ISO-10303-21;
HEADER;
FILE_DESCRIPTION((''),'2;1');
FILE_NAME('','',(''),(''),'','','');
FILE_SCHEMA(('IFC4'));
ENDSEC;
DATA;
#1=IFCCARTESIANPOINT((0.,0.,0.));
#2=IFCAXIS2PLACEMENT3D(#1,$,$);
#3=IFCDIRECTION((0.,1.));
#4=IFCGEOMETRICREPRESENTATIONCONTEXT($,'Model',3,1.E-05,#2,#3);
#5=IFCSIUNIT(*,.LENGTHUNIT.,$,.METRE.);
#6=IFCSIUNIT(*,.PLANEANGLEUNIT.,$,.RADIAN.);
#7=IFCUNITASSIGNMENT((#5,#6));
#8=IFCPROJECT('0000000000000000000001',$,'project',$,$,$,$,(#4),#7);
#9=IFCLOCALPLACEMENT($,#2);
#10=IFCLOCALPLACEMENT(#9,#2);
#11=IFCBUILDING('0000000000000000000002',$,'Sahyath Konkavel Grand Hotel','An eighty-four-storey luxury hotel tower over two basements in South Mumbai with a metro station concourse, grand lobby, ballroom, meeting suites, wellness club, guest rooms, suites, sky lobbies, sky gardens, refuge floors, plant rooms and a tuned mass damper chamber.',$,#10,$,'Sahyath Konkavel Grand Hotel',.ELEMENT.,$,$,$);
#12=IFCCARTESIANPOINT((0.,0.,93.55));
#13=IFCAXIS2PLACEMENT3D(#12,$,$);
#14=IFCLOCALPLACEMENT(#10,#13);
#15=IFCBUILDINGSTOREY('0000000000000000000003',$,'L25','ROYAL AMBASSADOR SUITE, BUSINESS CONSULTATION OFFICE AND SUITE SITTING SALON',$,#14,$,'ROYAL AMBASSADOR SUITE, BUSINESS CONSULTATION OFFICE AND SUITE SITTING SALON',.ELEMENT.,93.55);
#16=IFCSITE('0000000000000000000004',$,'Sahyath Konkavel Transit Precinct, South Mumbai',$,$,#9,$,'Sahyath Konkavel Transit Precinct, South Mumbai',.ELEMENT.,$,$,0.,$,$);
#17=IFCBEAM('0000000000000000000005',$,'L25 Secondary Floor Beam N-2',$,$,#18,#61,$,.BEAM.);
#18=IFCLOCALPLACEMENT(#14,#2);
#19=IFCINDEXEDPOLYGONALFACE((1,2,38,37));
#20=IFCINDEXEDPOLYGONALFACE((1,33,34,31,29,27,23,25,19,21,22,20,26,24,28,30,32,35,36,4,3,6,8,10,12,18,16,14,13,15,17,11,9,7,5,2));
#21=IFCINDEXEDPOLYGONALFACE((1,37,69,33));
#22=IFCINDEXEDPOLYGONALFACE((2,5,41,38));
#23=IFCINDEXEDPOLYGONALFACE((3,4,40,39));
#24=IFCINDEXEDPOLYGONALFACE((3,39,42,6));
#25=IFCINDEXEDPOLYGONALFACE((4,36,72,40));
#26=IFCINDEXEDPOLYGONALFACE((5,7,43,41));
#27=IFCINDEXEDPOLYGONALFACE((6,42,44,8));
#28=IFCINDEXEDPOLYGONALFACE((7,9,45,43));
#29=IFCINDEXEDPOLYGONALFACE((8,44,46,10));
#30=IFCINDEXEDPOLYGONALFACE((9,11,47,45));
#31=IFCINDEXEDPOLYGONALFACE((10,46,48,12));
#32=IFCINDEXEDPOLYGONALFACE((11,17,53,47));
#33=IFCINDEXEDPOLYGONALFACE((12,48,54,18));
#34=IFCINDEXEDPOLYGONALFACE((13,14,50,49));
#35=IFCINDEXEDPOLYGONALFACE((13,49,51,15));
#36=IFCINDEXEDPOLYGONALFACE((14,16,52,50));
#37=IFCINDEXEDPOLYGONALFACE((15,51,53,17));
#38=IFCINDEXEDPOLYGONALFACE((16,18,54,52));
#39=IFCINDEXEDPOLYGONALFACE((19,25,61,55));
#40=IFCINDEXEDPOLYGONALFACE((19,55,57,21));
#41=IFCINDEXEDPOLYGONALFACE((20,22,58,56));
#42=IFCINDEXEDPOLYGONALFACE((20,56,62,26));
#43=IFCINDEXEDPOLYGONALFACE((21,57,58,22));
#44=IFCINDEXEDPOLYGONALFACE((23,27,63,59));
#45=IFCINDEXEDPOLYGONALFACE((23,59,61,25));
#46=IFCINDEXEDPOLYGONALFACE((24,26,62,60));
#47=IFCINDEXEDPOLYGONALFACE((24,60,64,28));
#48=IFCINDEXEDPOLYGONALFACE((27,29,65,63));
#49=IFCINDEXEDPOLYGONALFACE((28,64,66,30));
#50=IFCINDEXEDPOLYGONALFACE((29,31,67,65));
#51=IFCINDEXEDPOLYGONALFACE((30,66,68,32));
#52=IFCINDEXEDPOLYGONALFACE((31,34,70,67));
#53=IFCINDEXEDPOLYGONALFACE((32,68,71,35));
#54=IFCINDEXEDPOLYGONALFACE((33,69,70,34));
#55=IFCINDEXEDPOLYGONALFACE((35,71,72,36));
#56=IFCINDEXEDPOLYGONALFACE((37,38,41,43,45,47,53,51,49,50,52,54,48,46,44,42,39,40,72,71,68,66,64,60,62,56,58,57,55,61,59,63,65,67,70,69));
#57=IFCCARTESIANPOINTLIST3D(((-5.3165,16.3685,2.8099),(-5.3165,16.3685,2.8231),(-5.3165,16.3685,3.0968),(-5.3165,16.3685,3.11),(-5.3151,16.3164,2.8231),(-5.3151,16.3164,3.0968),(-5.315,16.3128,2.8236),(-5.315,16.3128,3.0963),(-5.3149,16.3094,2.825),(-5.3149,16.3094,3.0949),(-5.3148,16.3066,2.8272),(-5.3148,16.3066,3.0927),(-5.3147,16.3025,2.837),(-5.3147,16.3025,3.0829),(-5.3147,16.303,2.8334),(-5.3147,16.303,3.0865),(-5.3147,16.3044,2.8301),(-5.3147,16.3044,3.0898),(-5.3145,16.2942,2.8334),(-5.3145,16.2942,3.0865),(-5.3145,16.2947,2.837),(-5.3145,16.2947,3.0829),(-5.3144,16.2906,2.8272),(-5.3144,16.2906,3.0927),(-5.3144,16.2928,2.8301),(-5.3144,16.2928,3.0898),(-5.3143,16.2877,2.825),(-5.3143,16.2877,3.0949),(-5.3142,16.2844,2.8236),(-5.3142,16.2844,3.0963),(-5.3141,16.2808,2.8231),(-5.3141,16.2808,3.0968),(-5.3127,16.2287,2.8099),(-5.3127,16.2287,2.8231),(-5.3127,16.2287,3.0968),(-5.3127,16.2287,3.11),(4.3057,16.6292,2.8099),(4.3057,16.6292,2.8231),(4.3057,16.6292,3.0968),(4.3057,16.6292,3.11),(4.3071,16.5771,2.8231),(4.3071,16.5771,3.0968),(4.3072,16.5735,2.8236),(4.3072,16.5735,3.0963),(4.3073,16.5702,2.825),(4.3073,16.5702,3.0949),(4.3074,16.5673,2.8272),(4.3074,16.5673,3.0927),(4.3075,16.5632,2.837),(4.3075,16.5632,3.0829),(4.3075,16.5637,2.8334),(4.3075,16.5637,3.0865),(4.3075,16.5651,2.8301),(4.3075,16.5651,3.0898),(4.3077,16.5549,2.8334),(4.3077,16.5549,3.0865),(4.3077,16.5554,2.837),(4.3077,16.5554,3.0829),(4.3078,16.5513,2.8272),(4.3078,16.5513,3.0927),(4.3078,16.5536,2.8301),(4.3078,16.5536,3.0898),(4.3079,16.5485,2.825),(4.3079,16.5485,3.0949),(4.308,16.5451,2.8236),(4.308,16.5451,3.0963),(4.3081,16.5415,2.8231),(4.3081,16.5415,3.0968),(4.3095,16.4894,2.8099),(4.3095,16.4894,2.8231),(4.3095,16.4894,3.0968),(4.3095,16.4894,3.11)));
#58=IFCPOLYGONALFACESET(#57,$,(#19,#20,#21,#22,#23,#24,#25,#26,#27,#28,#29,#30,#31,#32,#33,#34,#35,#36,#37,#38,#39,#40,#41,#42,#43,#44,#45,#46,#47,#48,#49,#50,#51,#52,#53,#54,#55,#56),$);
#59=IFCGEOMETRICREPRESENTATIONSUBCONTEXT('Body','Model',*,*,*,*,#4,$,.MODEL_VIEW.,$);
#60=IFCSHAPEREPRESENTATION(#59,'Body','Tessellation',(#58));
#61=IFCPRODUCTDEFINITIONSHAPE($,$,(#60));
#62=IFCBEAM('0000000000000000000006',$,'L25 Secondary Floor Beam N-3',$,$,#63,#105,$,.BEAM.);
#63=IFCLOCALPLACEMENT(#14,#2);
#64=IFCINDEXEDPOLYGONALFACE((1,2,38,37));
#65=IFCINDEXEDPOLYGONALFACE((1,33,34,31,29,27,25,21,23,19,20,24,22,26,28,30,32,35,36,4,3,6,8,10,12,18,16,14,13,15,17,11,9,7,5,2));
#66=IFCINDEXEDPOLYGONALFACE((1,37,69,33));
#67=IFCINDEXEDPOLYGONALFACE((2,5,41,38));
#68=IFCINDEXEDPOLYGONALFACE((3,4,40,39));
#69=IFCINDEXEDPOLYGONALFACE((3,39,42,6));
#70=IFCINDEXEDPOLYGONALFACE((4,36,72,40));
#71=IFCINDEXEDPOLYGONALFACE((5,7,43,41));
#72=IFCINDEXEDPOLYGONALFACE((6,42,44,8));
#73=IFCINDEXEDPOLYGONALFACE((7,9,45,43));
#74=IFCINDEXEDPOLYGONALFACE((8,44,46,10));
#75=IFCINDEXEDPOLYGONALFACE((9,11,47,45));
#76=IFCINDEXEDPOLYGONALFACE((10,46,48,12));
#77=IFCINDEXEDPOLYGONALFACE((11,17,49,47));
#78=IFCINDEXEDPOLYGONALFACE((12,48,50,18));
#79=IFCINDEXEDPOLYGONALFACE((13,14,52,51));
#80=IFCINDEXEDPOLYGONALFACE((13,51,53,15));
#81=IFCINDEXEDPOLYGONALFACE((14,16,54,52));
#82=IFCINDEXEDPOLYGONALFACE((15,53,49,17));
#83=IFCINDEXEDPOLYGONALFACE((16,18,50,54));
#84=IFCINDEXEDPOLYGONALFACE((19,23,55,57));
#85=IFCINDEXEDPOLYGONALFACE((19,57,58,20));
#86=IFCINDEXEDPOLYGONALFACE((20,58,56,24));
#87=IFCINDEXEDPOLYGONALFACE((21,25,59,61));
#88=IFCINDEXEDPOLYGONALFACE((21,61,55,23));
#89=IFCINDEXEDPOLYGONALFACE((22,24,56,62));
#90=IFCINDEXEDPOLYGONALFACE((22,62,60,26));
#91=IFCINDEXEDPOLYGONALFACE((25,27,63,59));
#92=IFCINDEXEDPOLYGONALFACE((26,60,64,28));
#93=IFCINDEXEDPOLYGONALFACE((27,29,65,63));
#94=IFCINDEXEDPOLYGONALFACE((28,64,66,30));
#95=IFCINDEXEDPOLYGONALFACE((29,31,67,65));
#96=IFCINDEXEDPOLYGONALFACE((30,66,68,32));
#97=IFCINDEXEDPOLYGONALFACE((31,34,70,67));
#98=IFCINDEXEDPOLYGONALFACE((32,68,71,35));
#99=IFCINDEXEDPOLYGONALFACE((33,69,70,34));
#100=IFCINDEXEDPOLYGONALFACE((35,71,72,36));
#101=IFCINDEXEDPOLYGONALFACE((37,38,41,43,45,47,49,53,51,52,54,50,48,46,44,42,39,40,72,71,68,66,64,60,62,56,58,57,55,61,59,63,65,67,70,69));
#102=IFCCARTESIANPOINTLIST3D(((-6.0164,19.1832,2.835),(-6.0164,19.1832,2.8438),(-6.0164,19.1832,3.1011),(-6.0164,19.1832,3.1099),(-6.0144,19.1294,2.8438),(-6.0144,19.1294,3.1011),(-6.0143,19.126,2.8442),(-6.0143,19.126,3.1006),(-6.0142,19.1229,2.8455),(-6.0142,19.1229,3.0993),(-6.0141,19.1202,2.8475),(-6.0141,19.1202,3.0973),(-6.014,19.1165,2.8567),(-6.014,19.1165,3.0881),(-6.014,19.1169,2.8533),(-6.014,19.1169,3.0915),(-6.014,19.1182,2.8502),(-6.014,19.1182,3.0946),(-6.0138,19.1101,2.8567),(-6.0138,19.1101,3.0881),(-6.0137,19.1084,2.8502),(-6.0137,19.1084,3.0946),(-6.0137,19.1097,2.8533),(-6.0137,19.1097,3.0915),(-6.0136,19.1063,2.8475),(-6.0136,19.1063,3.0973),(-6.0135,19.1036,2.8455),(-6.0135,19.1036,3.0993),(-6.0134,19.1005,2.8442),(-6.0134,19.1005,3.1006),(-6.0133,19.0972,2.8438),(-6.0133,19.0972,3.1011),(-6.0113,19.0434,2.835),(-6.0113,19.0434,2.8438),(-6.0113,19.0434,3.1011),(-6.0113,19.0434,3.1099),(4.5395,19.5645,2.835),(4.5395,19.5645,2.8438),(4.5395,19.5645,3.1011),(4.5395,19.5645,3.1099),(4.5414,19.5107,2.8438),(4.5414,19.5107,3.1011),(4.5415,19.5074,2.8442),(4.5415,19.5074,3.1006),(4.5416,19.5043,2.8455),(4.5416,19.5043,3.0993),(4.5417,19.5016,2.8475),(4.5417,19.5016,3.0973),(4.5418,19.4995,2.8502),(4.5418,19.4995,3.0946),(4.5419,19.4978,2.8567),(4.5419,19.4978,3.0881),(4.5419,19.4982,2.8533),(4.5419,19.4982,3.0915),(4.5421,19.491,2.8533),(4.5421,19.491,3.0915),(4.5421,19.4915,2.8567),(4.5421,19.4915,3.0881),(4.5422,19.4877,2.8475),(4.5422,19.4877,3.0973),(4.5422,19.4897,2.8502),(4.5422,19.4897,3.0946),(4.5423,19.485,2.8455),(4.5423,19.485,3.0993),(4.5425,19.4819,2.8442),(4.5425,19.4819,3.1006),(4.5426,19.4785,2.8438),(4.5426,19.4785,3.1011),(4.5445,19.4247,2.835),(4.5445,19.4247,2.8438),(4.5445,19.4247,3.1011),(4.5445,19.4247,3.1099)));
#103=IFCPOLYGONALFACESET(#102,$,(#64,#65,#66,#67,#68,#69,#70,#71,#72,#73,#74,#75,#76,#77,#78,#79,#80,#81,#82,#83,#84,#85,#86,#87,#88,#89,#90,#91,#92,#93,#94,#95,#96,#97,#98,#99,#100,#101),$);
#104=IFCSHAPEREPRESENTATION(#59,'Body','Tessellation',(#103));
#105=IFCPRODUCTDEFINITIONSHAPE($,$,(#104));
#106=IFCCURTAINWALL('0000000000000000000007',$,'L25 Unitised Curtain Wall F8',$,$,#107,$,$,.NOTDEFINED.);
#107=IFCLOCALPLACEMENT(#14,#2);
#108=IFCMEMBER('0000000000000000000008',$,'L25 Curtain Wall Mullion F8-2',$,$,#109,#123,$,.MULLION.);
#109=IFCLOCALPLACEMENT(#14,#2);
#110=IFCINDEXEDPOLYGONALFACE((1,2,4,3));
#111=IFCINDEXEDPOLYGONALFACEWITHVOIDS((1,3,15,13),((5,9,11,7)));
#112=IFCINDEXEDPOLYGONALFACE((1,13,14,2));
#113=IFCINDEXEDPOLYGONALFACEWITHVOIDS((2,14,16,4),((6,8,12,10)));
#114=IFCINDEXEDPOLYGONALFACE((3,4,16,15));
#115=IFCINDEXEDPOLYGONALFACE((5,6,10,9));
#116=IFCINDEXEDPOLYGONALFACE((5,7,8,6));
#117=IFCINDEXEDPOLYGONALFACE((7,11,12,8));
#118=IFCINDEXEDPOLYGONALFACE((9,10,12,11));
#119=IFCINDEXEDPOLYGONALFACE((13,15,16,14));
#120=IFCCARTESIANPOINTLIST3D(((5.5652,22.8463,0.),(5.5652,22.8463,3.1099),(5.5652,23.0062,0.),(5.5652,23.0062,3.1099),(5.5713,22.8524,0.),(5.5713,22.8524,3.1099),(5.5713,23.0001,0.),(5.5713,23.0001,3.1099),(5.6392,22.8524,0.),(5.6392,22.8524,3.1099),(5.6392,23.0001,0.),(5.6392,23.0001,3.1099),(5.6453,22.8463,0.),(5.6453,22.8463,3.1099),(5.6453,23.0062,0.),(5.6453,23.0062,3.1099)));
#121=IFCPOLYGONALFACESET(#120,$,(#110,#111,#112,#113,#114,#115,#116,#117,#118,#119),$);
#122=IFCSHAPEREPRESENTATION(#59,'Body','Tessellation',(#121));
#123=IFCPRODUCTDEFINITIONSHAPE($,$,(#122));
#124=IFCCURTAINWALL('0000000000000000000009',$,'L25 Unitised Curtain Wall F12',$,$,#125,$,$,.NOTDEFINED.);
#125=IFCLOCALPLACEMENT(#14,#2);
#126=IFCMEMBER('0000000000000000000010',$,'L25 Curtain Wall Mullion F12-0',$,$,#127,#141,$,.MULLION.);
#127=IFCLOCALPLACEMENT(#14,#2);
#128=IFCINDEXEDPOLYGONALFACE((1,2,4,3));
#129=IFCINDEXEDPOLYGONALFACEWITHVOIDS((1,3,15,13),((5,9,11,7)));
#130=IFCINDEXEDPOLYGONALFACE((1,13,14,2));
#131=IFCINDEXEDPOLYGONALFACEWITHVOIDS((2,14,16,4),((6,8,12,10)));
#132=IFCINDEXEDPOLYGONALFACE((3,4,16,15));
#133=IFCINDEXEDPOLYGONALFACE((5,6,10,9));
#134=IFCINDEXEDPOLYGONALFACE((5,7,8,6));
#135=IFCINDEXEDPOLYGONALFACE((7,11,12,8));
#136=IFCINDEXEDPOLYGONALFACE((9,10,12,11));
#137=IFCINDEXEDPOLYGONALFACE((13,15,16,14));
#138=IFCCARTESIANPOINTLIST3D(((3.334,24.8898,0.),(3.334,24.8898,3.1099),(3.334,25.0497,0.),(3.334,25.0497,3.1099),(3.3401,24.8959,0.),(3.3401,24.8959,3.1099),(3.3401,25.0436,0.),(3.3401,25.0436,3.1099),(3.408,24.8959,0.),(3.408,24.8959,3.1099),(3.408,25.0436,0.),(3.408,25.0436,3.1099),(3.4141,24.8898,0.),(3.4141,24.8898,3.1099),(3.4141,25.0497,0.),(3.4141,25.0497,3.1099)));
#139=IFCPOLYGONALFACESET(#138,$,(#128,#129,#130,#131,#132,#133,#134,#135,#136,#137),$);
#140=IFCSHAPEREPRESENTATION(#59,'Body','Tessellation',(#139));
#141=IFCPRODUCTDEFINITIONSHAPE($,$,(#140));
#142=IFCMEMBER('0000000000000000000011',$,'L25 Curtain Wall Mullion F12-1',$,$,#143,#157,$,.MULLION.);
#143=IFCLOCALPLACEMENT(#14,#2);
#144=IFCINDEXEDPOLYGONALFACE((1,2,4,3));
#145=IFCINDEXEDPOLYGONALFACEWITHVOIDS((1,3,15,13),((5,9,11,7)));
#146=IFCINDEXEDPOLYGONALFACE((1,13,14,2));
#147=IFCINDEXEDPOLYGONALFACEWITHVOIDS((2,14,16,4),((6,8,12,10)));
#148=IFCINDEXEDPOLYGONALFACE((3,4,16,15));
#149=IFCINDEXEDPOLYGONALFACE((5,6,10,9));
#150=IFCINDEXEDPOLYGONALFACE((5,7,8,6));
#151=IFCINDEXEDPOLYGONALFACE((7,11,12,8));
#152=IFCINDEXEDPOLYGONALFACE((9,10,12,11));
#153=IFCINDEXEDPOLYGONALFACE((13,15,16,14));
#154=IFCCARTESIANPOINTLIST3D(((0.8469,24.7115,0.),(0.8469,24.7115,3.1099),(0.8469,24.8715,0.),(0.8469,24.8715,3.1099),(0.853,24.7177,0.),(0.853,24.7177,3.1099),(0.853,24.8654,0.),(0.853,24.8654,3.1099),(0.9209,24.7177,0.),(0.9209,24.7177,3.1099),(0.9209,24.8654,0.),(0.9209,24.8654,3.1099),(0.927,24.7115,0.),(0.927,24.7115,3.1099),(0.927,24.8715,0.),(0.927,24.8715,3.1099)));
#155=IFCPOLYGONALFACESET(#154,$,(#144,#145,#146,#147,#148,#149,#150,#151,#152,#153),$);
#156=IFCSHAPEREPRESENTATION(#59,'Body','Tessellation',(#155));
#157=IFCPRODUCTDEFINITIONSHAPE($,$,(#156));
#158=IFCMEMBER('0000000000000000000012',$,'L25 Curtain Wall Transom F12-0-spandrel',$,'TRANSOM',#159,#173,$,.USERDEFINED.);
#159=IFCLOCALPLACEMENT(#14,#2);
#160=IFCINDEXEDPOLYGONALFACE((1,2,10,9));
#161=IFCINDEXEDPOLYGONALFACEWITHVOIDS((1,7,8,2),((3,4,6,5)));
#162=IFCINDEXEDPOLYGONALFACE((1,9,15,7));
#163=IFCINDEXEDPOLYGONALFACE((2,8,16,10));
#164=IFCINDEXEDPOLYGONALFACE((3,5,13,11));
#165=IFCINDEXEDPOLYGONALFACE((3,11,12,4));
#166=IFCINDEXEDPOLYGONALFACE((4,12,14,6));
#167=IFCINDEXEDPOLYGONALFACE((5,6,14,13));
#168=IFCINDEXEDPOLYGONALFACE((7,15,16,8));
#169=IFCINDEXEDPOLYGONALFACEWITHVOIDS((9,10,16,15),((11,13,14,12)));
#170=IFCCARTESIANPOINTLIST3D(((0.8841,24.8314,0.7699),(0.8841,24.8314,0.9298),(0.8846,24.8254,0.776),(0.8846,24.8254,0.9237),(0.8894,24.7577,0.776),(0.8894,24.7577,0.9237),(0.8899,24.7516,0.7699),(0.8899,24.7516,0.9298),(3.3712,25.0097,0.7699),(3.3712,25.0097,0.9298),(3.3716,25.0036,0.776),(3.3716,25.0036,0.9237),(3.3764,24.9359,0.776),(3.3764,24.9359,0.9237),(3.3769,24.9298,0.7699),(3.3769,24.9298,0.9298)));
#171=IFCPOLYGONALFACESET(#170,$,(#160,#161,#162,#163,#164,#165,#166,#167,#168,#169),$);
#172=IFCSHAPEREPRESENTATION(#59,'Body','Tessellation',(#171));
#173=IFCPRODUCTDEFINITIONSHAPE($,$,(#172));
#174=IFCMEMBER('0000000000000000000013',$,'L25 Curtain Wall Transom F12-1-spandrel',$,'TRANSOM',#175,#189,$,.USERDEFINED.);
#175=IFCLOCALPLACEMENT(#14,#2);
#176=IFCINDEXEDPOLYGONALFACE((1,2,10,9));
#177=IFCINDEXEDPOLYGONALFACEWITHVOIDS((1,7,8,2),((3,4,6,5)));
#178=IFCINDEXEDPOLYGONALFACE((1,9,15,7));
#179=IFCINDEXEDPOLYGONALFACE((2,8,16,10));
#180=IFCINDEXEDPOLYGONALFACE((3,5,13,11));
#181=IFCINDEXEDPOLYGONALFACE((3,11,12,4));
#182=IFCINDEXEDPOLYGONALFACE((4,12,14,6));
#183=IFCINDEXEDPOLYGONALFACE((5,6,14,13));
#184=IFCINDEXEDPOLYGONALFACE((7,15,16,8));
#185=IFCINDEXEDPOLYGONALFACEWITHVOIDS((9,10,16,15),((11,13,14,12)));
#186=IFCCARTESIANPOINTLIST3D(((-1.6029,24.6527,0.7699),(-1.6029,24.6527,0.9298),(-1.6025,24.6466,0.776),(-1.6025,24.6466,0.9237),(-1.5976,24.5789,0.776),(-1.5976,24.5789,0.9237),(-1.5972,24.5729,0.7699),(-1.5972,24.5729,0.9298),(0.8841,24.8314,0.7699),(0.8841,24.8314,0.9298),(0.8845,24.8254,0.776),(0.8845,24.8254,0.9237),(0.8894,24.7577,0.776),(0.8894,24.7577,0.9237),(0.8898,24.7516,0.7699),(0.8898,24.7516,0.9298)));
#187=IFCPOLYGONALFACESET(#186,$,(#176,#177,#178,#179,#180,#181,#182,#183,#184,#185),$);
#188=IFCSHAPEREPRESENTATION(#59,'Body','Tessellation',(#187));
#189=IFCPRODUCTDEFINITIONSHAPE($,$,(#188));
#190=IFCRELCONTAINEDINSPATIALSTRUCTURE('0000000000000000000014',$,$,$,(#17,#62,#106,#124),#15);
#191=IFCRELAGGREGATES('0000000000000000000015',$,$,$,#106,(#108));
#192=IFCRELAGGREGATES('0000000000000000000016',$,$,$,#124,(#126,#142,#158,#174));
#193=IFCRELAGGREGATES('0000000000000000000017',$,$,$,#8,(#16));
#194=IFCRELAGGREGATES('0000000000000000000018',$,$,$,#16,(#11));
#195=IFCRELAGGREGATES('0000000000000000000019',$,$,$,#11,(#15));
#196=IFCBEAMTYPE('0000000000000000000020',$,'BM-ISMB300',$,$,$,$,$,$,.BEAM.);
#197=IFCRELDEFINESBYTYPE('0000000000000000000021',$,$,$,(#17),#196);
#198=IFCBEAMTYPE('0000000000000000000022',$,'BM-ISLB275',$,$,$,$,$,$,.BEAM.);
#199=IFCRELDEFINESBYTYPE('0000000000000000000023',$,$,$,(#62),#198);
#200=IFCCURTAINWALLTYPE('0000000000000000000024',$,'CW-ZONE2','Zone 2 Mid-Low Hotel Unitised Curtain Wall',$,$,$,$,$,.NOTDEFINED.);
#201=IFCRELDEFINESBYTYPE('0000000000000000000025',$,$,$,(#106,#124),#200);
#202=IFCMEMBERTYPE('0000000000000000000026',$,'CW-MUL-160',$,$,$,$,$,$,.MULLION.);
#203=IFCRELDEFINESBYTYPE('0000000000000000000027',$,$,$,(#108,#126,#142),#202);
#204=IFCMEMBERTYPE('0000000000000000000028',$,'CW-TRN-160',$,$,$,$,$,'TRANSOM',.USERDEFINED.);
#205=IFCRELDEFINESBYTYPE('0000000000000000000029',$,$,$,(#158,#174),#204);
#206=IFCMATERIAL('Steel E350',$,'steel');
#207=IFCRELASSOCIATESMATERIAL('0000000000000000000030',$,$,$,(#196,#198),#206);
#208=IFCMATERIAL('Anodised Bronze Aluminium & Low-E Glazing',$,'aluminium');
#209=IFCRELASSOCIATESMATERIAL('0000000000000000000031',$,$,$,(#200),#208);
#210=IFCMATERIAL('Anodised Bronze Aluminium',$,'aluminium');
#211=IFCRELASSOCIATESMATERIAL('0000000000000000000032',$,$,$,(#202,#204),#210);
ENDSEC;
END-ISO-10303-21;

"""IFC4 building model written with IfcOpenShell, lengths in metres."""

from ifc_helpers import new_model, si_unit, direction, frame, origin, origin_2d, place, context, subcontext, project, spatial, hollow_rectangle, i_section, extrude, source, transform, mapped, material, material_profile, profile_set, type_object, element, aggregate, save


model = new_model("IFC4")

# Units and contexts
model_context = context("Model", 3, precision=1e-05, world=origin(), true_north=direction((0.0, 1.0)))
body_context = subcontext(model_context, "Body", "Model", "MODEL_VIEW")
ifc_project = project(units=[si_unit("LENGTHUNIT", "METRE"), si_unit("PLANEANGLEUNIT", "RADIAN")], contexts=[model_context])

# Site, building, storey
site_placement = place(None, origin())
site = spatial("IfcSite", under=ifc_project, at=site_placement, Name="Sahyath Konkavel Transit Precinct, South Mumbai", LongName="Sahyath Konkavel Transit Precinct, South Mumbai", CompositionType="ELEMENT", RefElevation=0.0)
building_placement = place(site_placement, origin())
building = spatial("IfcBuilding", under=site, at=building_placement, Name="Sahyath Konkavel Grand Hotel", Description="An eighty-four-storey luxury hotel tower over two basements in South Mumbai with a metro station concourse, grand lobby, ballroom, meeting suites, wellness club, guest rooms, suites, sky lobbies, sky gardens, refuge floors, plant rooms and a tuned mass damper chamber.", LongName="Sahyath Konkavel Grand Hotel", CompositionType="ELEMENT")
storey_placement = place(building_placement, frame((0.0, 0.0, 93.55)))
storey = spatial("IfcBuildingStorey", under=building, at=storey_placement, Name="L25", Description="ROYAL AMBASSADOR SUITE, BUSINESS CONSULTATION OFFICE AND SUITE SITTING SALON", LongName="ROYAL AMBASSADOR SUITE, BUSINESS CONSULTATION OFFICE AND SUITE SITTING SALON", CompositionType="ELEMENT", Elevation=93.55)

# Beams
ifc_material_1 = material(Name="Steel E350", Category="steel")
ifc_material_profile_1 = material_profile(ifc_material_1, i_section(OverallWidth=0.1399, OverallDepth=0.3, WebThickness=0.0078, FlangeThickness=0.0132, FilletRadius=0.0139, at=origin_2d()), Name="ISMB 300")
ifc_profile_set_1 = profile_set([ifc_material_profile_1], Name="Steel E350")
beam_type_1 = type_object("IfcBeamType", Name="BM-ISMB300", PredefinedType="BEAM", material=ifc_profile_set_1)
shared_shape_1 = source(origin(), body_context, "Body", "SweptSolid", [
    extrude(i_section(OverallWidth=0.1399, OverallDepth=0.3, WebThickness=0.0078, FlangeThickness=0.0132, FilletRadius=0.0139, at=origin_2d()), origin(), (0.0, 0.0, 1.0), 9.6257),
])
beam_1_placement = place(storey_placement, frame((4.3076, 16.5593, 2.96), z_axis=(-0.999633, -0.027088, 0.0), x_axis=(0.027088, -0.999633, 0.0)))
element("IfcBeam", 1, at=beam_1_placement, inside=storey, type_object=beam_type_1, Name="L25 Secondary Floor Beam N-2", PredefinedType="BEAM", context=body_context, shape_type="MappedRepresentation", body=[
    mapped(shared_shape_1, transform((0.0, 0.0, 0.0), scale=1.0)),
])
ifc_material_profile_2 = material_profile(ifc_material_1, i_section(OverallWidth=0.1399, OverallDepth=0.2749, WebThickness=0.0063, FlangeThickness=0.0088, FilletRadius=0.0129, at=origin_2d()), Name="ISLB 275")
ifc_profile_set_2 = profile_set([ifc_material_profile_2], Name="Steel E350")
beam_type_2 = type_object("IfcBeamType", Name="BM-ISLB275", PredefinedType="BEAM", material=ifc_profile_set_2)
shared_shape_2 = source(origin(), body_context, "Body", "SweptSolid", [
    extrude(i_section(OverallWidth=0.1399, OverallDepth=0.2749, WebThickness=0.0063, FlangeThickness=0.0088, FilletRadius=0.0129, at=origin_2d()), origin(), (0.0, 0.0, 1.0), 10.5627),
])
beam_2_placement = place(storey_placement, frame((4.542, 19.4946, 2.9724), z_axis=(-0.999348, -0.036103, 0.0), x_axis=(0.036103, -0.999348, 0.0)))
element("IfcBeam", 2, at=beam_2_placement, inside=storey, type_object=beam_type_2, Name="L25 Secondary Floor Beam N-3", PredefinedType="BEAM", context=body_context, shape_type="MappedRepresentation", body=[
    mapped(shared_shape_2, transform((0.0, 0.0, 0.0), scale=1.0)),
])

# Curtain wall, member
ifc_material_2 = material(Name="Anodised Bronze Aluminium & Low-E Glazing", Category="aluminium")
curtain_wall_type = type_object("IfcCurtainWallType", Name="CW-ZONE2", Description="Zone 2 Mid-Low Hotel Unitised Curtain Wall", PredefinedType="NOTDEFINED", material=ifc_material_2)
curtain_wall_1_placement = place(storey_placement, origin())
curtain_wall_1 = element("IfcCurtainWall", 3, at=curtain_wall_1_placement, inside=storey, type_object=curtain_wall_type, Name="L25 Unitised Curtain Wall F8", PredefinedType="NOTDEFINED")
ifc_material_3 = material(Name="Anodised Bronze Aluminium", Category="aluminium")
ifc_material_profile_3 = material_profile(ifc_material_3, hollow_rectangle(XDim=0.0801, YDim=0.1599, WallThickness=0.0061, at=origin_2d()), Name="RHS 160x80x6")
ifc_profile_set_3 = profile_set([ifc_material_profile_3], Name="Anodised Bronze Aluminium")
member_type_1 = type_object("IfcMemberType", Name="CW-MUL-160", PredefinedType="MULLION", material=ifc_profile_set_3)
shared_shape_3 = source(origin(), body_context, "Body", "SweptSolid", [
    extrude(hollow_rectangle(XDim=0.0801, YDim=0.1599, WallThickness=0.0061, at=origin_2d()), origin(), (0.0, 0.0, 1.0), 3.1099),
])
member_1_placement = place(storey_placement, frame((5.6052, 22.9263, 0.0), z_axis=(0.0, 0.0, 1.0), x_axis=(1.0, 0.0, 0.0)))
member_1 = element("IfcMember", 4, at=member_1_placement, type_object=member_type_1, Name="L25 Curtain Wall Mullion F8-2", PredefinedType="MULLION", context=body_context, shape_type="MappedRepresentation", body=[
    mapped(shared_shape_3, transform((0.0, 0.0, 0.0), scale=1.0)),
])

# Curtain wall, members
curtain_wall_2_placement = place(storey_placement, origin())
curtain_wall_2 = element("IfcCurtainWall", 5, at=curtain_wall_2_placement, inside=storey, type_object=curtain_wall_type, Name="L25 Unitised Curtain Wall F12", PredefinedType="NOTDEFINED")
member_2_placement = place(storey_placement, frame((3.374, 24.9697, 0.0), z_axis=(0.0, 0.0, 1.0), x_axis=(1.0, 0.0, 0.0)))
member_2 = element("IfcMember", 6, at=member_2_placement, type_object=member_type_1, Name="L25 Curtain Wall Mullion F12-0", PredefinedType="MULLION", context=body_context, shape_type="MappedRepresentation", body=[
    mapped(shared_shape_3, transform((0.0, 0.0, 0.0), scale=1.0)),
])
member_3_placement = place(storey_placement, frame((0.887, 24.7915, 0.0), z_axis=(0.0, 0.0, 1.0), x_axis=(1.0, 0.0, 0.0)))
member_3 = element("IfcMember", 7, at=member_3_placement, type_object=member_type_1, Name="L25 Curtain Wall Mullion F12-1", PredefinedType="MULLION", context=body_context, shape_type="MappedRepresentation", body=[
    mapped(shared_shape_3, transform((0.0, 0.0, 0.0), scale=1.0)),
])
ifc_material_profile_4 = material_profile(ifc_material_3, hollow_rectangle(XDim=0.0801, YDim=0.1599, WallThickness=0.0061, at=origin_2d()), Name="RHS 160x80x6")
ifc_profile_set_4 = profile_set([ifc_material_profile_4], Name="Anodised Bronze Aluminium")
member_type_2 = type_object("IfcMemberType", Name="CW-TRN-160", ElementType="TRANSOM", PredefinedType="USERDEFINED", material=ifc_profile_set_4)
shared_shape_4 = source(origin(), body_context, "Body", "SweptSolid", [
    extrude(hollow_rectangle(XDim=0.0801, YDim=0.1599, WallThickness=0.0061, at=origin_2d()), origin(), (0.0, 0.0, 1.0), 2.4934),
])
member_4_placement = place(storey_placement, frame((3.374, 24.9697, 0.8499), z_axis=(-0.997442, -0.071477, 0.0), x_axis=(0.071477, -0.997442, 0.0)))
member_4 = element("IfcMember", 8, at=member_4_placement, type_object=member_type_2, Name="L25 Curtain Wall Transom F12-0-spandrel", ObjectType="TRANSOM", PredefinedType="USERDEFINED", context=body_context, shape_type="MappedRepresentation", body=[
    mapped(shared_shape_4, transform((0.0, 0.0, 0.0), scale=1.0)),
])
member_5_placement = place(storey_placement, frame((0.887, 24.7915, 0.8499), z_axis=(-0.997428, -0.071671, 0.0), x_axis=(0.071671, -0.997428, 0.0)))
member_5 = element("IfcMember", 9, at=member_5_placement, type_object=member_type_2, Name="L25 Curtain Wall Transom F12-1-spandrel", ObjectType="TRANSOM", PredefinedType="USERDEFINED", context=body_context, shape_type="MappedRepresentation", body=[
    mapped(shared_shape_4, transform((0.0, 0.0, 0.0), scale=1.0)),
])

aggregate(curtain_wall_1, [member_1])
aggregate(curtain_wall_2, [member_2, member_3, member_4, member_5])

save(model, "model.ifc")
